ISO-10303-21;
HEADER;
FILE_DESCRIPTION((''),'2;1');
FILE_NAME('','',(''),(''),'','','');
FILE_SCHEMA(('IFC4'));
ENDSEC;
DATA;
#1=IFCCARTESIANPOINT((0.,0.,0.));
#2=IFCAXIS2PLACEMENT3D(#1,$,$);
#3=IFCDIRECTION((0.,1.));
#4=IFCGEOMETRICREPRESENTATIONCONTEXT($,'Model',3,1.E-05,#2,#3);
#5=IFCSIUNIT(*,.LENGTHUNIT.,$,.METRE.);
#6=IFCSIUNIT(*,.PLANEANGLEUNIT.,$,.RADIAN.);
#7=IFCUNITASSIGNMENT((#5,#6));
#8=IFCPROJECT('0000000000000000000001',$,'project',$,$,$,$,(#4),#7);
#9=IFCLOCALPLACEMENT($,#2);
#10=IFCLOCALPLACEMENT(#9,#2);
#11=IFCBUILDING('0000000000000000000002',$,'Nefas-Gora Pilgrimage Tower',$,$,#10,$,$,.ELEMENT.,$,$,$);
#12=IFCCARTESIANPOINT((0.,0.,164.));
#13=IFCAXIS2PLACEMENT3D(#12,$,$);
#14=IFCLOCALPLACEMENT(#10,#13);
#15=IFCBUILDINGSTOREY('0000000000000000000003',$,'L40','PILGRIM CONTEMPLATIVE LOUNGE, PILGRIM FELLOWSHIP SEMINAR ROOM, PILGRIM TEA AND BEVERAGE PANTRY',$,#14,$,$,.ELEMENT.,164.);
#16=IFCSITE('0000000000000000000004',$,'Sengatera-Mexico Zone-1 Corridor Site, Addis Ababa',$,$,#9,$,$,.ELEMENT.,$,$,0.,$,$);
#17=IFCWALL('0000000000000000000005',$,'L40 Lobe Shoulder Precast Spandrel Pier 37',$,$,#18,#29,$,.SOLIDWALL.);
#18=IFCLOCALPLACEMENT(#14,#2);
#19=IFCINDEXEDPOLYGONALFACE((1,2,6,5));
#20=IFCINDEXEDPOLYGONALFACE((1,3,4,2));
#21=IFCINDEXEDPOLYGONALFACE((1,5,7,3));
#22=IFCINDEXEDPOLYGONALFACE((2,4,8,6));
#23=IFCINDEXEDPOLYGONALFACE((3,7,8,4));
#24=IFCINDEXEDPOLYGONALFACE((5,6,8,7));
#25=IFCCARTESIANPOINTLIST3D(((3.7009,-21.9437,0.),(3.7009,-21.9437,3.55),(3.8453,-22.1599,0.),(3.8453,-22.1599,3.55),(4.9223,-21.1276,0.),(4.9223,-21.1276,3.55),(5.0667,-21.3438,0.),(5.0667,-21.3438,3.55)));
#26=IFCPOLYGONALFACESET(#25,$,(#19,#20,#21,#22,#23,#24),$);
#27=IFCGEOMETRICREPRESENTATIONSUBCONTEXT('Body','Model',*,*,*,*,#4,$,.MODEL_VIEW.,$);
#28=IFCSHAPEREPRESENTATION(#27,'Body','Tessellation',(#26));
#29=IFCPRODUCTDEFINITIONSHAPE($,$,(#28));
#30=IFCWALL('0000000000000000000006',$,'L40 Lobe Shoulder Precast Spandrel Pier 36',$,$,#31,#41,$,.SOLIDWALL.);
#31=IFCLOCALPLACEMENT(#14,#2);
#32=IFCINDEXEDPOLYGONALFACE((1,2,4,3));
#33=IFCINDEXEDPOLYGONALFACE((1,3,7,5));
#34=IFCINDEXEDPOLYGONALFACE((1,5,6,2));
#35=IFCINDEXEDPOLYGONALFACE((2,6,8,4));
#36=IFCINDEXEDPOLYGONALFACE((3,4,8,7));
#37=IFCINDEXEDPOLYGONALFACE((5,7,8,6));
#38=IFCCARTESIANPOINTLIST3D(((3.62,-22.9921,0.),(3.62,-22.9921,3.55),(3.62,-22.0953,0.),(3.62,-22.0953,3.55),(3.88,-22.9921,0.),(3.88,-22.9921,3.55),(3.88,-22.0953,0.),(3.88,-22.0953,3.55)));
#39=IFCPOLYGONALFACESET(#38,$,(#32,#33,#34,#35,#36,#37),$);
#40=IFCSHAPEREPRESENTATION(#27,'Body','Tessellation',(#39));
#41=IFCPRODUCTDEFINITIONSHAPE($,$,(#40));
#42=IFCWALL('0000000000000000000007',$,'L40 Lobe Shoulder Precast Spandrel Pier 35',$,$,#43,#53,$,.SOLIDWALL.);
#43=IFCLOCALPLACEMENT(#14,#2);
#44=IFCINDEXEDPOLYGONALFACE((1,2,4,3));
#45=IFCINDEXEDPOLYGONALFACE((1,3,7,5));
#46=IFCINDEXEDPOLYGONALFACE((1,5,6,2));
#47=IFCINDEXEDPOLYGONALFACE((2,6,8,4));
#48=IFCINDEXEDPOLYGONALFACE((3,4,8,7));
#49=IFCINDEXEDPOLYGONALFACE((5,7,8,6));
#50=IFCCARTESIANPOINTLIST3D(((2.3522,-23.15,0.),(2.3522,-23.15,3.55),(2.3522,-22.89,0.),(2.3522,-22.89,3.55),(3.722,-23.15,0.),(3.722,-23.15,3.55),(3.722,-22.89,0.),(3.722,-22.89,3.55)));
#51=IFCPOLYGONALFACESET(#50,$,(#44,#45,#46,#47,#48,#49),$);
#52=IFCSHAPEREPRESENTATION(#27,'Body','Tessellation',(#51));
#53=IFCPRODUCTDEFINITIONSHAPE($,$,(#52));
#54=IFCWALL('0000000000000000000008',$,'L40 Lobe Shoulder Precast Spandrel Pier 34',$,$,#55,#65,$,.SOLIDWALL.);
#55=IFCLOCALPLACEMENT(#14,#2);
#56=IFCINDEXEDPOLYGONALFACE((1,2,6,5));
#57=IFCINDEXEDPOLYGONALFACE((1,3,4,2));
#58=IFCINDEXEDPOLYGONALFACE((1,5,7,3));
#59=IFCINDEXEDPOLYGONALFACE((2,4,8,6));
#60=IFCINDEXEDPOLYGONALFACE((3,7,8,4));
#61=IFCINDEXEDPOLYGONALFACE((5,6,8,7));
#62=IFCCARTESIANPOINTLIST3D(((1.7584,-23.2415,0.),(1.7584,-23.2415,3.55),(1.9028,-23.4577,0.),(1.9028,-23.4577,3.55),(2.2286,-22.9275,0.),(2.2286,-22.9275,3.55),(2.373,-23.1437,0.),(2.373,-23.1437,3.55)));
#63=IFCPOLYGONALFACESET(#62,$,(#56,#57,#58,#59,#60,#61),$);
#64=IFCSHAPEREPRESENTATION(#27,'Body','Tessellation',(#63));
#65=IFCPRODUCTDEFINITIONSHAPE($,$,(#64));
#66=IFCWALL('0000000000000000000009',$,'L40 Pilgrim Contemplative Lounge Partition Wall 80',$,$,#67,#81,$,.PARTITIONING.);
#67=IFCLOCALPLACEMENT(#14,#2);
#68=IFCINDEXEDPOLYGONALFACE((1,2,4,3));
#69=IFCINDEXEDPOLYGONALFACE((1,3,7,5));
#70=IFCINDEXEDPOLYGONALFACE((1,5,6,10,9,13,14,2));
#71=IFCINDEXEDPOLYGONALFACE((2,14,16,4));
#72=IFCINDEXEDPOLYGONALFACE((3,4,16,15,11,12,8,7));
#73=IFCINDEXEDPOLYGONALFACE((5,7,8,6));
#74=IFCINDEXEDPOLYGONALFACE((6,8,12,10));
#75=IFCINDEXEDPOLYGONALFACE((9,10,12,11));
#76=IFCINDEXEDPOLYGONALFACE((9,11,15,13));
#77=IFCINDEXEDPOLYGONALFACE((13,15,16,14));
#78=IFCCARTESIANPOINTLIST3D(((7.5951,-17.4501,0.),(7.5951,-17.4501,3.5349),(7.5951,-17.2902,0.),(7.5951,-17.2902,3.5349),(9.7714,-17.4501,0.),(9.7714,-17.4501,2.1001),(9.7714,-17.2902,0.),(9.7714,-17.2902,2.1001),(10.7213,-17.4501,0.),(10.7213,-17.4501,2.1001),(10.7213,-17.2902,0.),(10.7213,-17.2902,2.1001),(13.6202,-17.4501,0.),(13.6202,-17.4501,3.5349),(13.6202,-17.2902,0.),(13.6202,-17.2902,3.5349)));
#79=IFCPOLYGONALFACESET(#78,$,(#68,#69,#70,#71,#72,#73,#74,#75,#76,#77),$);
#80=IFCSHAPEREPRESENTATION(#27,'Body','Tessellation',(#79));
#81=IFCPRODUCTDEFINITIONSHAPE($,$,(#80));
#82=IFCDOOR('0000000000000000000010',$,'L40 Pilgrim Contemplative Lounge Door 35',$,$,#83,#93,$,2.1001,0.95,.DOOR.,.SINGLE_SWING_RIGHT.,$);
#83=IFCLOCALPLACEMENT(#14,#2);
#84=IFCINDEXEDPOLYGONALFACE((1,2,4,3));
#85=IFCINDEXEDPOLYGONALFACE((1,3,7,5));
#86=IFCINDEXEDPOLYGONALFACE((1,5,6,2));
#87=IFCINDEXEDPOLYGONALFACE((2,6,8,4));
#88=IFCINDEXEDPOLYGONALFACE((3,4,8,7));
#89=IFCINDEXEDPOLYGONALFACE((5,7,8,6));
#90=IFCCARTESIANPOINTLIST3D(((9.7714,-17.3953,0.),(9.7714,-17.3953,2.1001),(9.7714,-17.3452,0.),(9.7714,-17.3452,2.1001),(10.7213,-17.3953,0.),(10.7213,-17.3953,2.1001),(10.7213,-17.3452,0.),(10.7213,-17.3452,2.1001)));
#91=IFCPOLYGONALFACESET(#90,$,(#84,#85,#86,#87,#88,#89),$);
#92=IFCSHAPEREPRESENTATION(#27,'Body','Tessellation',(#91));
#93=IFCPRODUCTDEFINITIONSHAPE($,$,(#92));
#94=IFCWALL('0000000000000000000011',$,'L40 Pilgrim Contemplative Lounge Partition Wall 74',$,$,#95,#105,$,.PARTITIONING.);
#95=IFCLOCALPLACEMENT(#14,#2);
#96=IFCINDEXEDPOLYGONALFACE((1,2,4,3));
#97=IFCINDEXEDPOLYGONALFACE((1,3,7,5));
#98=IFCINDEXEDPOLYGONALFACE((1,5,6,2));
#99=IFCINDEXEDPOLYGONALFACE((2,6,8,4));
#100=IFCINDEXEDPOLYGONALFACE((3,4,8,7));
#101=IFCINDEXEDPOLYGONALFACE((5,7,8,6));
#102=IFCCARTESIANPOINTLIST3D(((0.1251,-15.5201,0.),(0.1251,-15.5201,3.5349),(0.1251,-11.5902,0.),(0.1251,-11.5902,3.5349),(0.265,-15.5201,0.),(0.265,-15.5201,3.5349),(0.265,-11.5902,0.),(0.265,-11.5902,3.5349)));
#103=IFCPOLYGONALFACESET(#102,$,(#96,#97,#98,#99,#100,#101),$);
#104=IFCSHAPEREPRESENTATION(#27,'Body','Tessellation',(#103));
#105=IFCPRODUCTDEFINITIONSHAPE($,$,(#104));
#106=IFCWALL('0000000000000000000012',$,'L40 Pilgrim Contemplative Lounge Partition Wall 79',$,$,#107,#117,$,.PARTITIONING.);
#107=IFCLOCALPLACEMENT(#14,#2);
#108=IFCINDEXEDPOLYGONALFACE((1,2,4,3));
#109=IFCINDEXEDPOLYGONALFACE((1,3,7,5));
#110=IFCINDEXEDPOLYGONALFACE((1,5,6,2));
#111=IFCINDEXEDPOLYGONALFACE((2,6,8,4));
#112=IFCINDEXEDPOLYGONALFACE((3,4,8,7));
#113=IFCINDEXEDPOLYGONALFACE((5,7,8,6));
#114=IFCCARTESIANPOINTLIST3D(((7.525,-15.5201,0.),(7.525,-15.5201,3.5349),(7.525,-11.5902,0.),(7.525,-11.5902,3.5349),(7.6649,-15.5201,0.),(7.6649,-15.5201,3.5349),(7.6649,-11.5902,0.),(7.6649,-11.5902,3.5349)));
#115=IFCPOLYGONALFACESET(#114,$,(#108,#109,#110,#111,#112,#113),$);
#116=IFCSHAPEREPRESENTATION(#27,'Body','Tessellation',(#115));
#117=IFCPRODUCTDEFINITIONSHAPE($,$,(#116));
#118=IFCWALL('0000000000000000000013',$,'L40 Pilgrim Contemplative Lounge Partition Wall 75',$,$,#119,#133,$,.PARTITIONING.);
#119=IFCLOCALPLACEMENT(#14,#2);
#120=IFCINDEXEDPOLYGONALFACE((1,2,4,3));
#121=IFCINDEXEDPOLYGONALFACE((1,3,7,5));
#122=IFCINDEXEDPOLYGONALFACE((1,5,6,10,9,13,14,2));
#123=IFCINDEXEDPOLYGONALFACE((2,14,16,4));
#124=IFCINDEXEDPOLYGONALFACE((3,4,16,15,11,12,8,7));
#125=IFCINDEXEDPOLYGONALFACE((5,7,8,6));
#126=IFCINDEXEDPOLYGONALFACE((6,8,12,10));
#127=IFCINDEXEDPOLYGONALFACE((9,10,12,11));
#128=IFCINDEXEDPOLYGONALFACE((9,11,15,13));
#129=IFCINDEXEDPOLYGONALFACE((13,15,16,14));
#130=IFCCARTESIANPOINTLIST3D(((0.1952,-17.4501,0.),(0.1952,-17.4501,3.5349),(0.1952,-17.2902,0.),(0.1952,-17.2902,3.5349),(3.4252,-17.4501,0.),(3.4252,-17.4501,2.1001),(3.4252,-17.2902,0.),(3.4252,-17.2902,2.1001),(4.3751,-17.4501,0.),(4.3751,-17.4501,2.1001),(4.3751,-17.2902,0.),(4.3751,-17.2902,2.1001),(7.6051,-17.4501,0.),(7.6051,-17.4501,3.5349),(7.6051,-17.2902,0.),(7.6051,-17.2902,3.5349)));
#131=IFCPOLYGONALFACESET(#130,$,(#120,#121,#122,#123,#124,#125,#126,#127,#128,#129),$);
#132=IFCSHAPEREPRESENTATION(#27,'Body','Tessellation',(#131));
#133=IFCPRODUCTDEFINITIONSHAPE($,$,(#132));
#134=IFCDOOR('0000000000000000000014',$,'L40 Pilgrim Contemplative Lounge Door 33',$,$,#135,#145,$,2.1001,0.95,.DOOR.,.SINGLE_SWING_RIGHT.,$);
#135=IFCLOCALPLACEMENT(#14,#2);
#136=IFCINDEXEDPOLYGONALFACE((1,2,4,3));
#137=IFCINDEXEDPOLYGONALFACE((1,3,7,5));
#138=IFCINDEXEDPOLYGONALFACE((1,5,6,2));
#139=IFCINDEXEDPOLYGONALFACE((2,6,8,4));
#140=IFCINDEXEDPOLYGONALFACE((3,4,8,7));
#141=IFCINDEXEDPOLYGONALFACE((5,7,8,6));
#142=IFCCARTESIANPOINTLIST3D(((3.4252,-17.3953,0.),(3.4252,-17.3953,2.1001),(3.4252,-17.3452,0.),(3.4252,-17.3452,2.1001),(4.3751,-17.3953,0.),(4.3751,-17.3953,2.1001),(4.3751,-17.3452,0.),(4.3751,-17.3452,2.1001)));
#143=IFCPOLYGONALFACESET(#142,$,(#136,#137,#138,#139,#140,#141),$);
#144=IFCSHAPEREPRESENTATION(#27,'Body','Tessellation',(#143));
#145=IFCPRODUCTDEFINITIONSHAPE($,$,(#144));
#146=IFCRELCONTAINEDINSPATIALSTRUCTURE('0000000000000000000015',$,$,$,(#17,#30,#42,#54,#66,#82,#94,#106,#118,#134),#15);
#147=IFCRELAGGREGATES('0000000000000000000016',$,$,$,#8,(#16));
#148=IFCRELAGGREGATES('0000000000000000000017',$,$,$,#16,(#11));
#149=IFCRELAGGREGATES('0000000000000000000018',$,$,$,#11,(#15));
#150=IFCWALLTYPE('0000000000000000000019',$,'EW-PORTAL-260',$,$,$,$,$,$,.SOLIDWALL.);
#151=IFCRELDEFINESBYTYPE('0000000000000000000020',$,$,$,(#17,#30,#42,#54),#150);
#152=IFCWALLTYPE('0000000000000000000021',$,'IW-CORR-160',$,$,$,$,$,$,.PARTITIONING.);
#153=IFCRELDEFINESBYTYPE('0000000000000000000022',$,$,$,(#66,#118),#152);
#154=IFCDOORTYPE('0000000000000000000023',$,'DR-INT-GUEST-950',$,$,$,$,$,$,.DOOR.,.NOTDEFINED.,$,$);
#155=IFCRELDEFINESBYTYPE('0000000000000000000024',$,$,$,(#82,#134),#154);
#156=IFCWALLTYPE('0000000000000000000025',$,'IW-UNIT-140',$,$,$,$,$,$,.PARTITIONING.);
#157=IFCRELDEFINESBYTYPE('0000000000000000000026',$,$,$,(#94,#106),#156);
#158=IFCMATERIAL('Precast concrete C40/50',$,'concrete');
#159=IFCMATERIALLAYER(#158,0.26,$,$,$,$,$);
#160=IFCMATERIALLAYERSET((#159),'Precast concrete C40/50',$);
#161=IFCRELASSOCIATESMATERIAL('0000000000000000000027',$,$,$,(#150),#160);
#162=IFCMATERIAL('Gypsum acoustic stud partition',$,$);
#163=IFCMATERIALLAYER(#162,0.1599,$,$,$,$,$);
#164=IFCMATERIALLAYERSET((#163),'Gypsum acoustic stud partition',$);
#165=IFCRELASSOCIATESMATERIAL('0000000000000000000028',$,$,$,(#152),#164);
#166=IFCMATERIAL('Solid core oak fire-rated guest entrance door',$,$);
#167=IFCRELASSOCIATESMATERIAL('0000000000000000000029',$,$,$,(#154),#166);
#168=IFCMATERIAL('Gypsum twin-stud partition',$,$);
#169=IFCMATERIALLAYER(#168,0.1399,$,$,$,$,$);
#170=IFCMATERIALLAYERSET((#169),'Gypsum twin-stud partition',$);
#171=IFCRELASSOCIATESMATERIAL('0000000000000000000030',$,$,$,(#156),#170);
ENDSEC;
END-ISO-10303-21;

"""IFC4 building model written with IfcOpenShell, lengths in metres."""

from ifc_helpers import new_model, si_unit, direction, frame, frame_2d, origin, place, context, subcontext, project, spatial, rectangle, extrude, source, transform, mapped, material, layer, layer_set, type_object, element, fill, save


model = new_model("IFC4")

# Units and contexts
model_context = context("Model", 3, precision=1e-05, world=origin(), true_north=direction((0.0, 1.0)))
body_context = subcontext(model_context, "Body", "Model", "MODEL_VIEW")
ifc_project = project(units=[si_unit("LENGTHUNIT", "METRE"), si_unit("PLANEANGLEUNIT", "RADIAN")], contexts=[model_context])

# Site, building, storey
site_placement = place(None, origin())
site = spatial("IfcSite", under=ifc_project, at=site_placement, Name="Sengatera-Mexico Zone-1 Corridor Site, Addis Ababa", CompositionType="ELEMENT", RefElevation=0.0)
building_placement = place(site_placement, origin())
building = spatial("IfcBuilding", under=site, at=building_placement, Name="Nefas-Gora Pilgrimage Tower", CompositionType="ELEMENT")
storey_placement = place(building_placement, frame((0.0, 0.0, 164.0)))
storey = spatial("IfcBuildingStorey", under=building, at=storey_placement, Name="L40", Description="PILGRIM CONTEMPLATIVE LOUNGE, PILGRIM FELLOWSHIP SEMINAR ROOM, PILGRIM TEA AND BEVERAGE PANTRY", CompositionType="ELEMENT", Elevation=164.0)

# Walls
ifc_material_1 = material(Name="Precast concrete C40/50", Category="concrete")
ifc_layer_1 = layer(ifc_material_1, 0.26)
ifc_layer_set_1 = layer_set([ifc_layer_1], Name="Precast concrete C40/50")
wall_type_1 = type_object("IfcWallType", Name="EW-PORTAL-260", PredefinedType="SOLIDWALL", material=ifc_layer_set_1)
shared_shape_1 = source(origin(), body_context, "Body", "SweptSolid", [
    extrude(rectangle(XDim=1.469, YDim=0.26, at=frame_2d((0.7344, 0.0))), origin(), (0.0, 0.0, 1.0), 3.55),
])
wall_1_placement = place(storey_placement, frame((3.7732, -22.0518, 0.0), z_axis=(0.0, 0.0, 1.0), x_axis=(0.831462, 0.555582, 0.0)))
element("IfcWall", 1, at=wall_1_placement, inside=storey, type_object=wall_type_1, Name="L40 Lobe Shoulder Precast Spandrel Pier 37", PredefinedType="SOLIDWALL", context=body_context, shape_type="MappedRepresentation", body=[
    mapped(shared_shape_1, transform((0.0, 0.0, 0.0), x_axis=(1.0, 0.0, 0.0), y_axis=(0.0, 1.0, 0.0), z_axis=(0.0, 0.0, 1.0), scale=1.0)),
])
shared_shape_2 = source(origin(), body_context, "Body", "SweptSolid", [
    extrude(rectangle(XDim=0.8967, YDim=0.26, at=frame_2d((0.4482, 0.0))), origin(), (0.0, 0.0, 1.0), 3.55),
])
wall_2_placement = place(storey_placement, frame((3.75, -22.9919, 0.0), z_axis=(0.0, 0.0, 1.0), x_axis=(0.0, 1.0, 0.0)))
element("IfcWall", 2, at=wall_2_placement, inside=storey, type_object=wall_type_1, Name="L40 Lobe Shoulder Precast Spandrel Pier 36", PredefinedType="SOLIDWALL", context=body_context, shape_type="MappedRepresentation", body=[
    mapped(shared_shape_2, transform((0.0, 0.0, 0.0), x_axis=(1.0, 0.0, 0.0), y_axis=(0.0, 1.0, 0.0), z_axis=(0.0, 0.0, 1.0), scale=1.0)),
])
shared_shape_3 = source(origin(), body_context, "Body", "SweptSolid", [
    extrude(rectangle(XDim=1.3699, YDim=0.26, at=frame_2d((0.6851, 0.0))), origin(), (0.0, 0.0, 1.0), 3.55),
])
wall_3_placement = place(storey_placement, frame((2.3521, -23.02, 0.0), z_axis=(0.0, 0.0, 1.0), x_axis=(1.0, 0.0, 0.0)))
element("IfcWall", 3, at=wall_3_placement, inside=storey, type_object=wall_type_1, Name="L40 Lobe Shoulder Precast Spandrel Pier 35", PredefinedType="SOLIDWALL", context=body_context, shape_type="MappedRepresentation", body=[
    mapped(shared_shape_3, transform((0.0, 0.0, 0.0), x_axis=(1.0, 0.0, 0.0), y_axis=(0.0, 1.0, 0.0), z_axis=(0.0, 0.0, 1.0), scale=1.0)),
])
shared_shape_4 = source(origin(), body_context, "Body", "SweptSolid", [
    extrude(rectangle(XDim=0.5654, YDim=0.26, at=frame_2d((0.2827, 0.0))), origin(), (0.0, 0.0, 1.0), 3.55),
])
wall_4_placement = place(storey_placement, frame((1.8306, -23.3496, 0.0), z_axis=(0.0, 0.0, 1.0), x_axis=(0.831651, 0.555298, 0.0)))
element("IfcWall", 4, at=wall_4_placement, inside=storey, type_object=wall_type_1, Name="L40 Lobe Shoulder Precast Spandrel Pier 34", PredefinedType="SOLIDWALL", context=body_context, shape_type="MappedRepresentation", body=[
    mapped(shared_shape_4, transform((0.0, 0.0, 0.0), x_axis=(1.0, 0.0, 0.0), y_axis=(0.0, 1.0, 0.0), z_axis=(0.0, 0.0, 1.0), scale=1.0)),
])

# Wall, opening, door
ifc_material_2 = material(Name="Gypsum acoustic stud partition")
ifc_layer_2 = layer(ifc_material_2, 0.1599)
ifc_layer_set_2 = layer_set([ifc_layer_2], Name="Gypsum acoustic stud partition")
wall_type_2 = type_object("IfcWallType", Name="IW-CORR-160", PredefinedType="PARTITIONING", material=ifc_layer_set_2)
shared_shape_5 = source(origin(), body_context, "Body", "SweptSolid", [
    extrude(rectangle(XDim=6.0251, YDim=0.1599, at=frame_2d((3.0127, 0.0))), origin(), (0.0, 0.0, 1.0), 3.5349),
])
wall_5_placement = place(storey_placement, frame((7.595, -17.3701, 0.0), z_axis=(0.0, 0.0, 1.0), x_axis=(1.0, 0.0, 0.0)))
wall_5 = element("IfcWall", 5, at=wall_5_placement, inside=storey, type_object=wall_type_2, Name="L40 Pilgrim Contemplative Lounge Partition Wall 80", PredefinedType="PARTITIONING", context=body_context, shape_type="MappedRepresentation", body=[
    mapped(shared_shape_5, transform((0.0, 0.0, 0.0), x_axis=(1.0, 0.0, 0.0), y_axis=(0.0, 1.0, 0.0), z_axis=(0.0, 0.0, 1.0), scale=1.0)),
])
opening_1_placement = place(wall_5_placement, frame((2.1763, 0.0, 0.0)))
opening_1 = element("IfcOpeningElement", 6, at=opening_1_placement, cuts=wall_5, PredefinedType="OPENING", context=body_context, shape_type="SweptSolid", body=[
    extrude(rectangle(XDim=0.95, YDim=2.1001, at=frame_2d((0.4751, 1.05))), frame((0.0, 0.0898, 0.0), z_axis=(0.0, -1.0, 0.0), x_axis=(1.0, 0.0, 0.0)), (0.0, 0.0, 1.0), 0.1799),
])
ifc_material_3 = material(Name="Solid core oak fire-rated guest entrance door")
door_type = type_object("IfcDoorType", Name="DR-INT-GUEST-950", OperationType="NOTDEFINED", PredefinedType="DOOR", material=ifc_material_3)
shared_shape_6 = source(origin(), body_context, "Body", "SweptSolid", [
    extrude(rectangle(XDim=0.95, YDim=2.1001, at=frame_2d((0.4751, 1.05))), frame((0.0, 0.0249, 0.0), z_axis=(0.0, -1.0, 0.0), x_axis=(1.0, 0.0, 0.0)), (0.0, 0.0, 1.0), 0.05),
])
door_1_placement = place(opening_1_placement, origin())
door_1 = element("IfcDoor", 7, at=door_1_placement, inside=storey, type_object=door_type, Name="L40 Pilgrim Contemplative Lounge Door 35", OperationType="SINGLE_SWING_RIGHT", OverallHeight=2.1001, OverallWidth=0.95, PredefinedType="DOOR", context=body_context, shape_type="MappedRepresentation", body=[
    mapped(shared_shape_6, transform((0.0, 0.0, 0.0), x_axis=(1.0, 0.0, 0.0), y_axis=(0.0, 1.0, 0.0), z_axis=(0.0, 0.0, 1.0), scale=1.0)),
])
fill(opening_1, door_1)

# Walls
ifc_material_4 = material(Name="Gypsum twin-stud partition")
ifc_layer_3 = layer(ifc_material_4, 0.1399)
ifc_layer_set_3 = layer_set([ifc_layer_3], Name="Gypsum twin-stud partition")
wall_type_3 = type_object("IfcWallType", Name="IW-UNIT-140", PredefinedType="PARTITIONING", material=ifc_layer_set_3)
shared_shape_7 = source(origin(), body_context, "Body", "SweptSolid", [
    extrude(rectangle(XDim=3.9299, YDim=0.1399, at=frame_2d((1.9648, 0.0))), origin(), (0.0, 0.0, 1.0), 3.5349),
])
for number, where, z_axis, x_axis, name in (
    (8, (0.1951, -15.52, 0.0), (0.0, 0.0, 1.0), (0.0, 1.0, 0.0), "L40 Pilgrim Contemplative Lounge Partition Wall 74"),
    (9, (7.595, -15.52, 0.0), (0.0, 0.0, 1.0), (0.0, 1.0, 0.0), "L40 Pilgrim Contemplative Lounge Partition Wall 79"),
):
    element("IfcWall", number, at=place(storey_placement, frame(where, z_axis=z_axis, x_axis=x_axis)), inside=storey, type_object=wall_type_3, Name=name, PredefinedType="PARTITIONING", context=body_context, shape_type="MappedRepresentation", body=[
        mapped(shared_shape_7, transform((0.0, 0.0, 0.0), x_axis=(1.0, 0.0, 0.0), y_axis=(0.0, 1.0, 0.0), z_axis=(0.0, 0.0, 1.0), scale=1.0)),
    ])

# Wall, opening, door
shared_shape_8 = source(origin(), body_context, "Body", "SweptSolid", [
    extrude(rectangle(XDim=7.4099, YDim=0.1599, at=frame_2d((3.7051, 0.0))), origin(), (0.0, 0.0, 1.0), 3.5349),
])
wall_6_placement = place(storey_placement, frame((0.1951, -17.3701, 0.0), z_axis=(0.0, 0.0, 1.0), x_axis=(1.0, 0.0, 0.0)))
wall_6 = element("IfcWall", 10, at=wall_6_placement, inside=storey, type_object=wall_type_2, Name="L40 Pilgrim Contemplative Lounge Partition Wall 75", PredefinedType="PARTITIONING", context=body_context, shape_type="MappedRepresentation", body=[
    mapped(shared_shape_8, transform((0.0, 0.0, 0.0), x_axis=(1.0, 0.0, 0.0), y_axis=(0.0, 1.0, 0.0), z_axis=(0.0, 0.0, 1.0), scale=1.0)),
])
opening_2_placement = place(wall_6_placement, frame((3.23, 0.0, 0.0)))
opening_2 = element("IfcOpeningElement", 11, at=opening_2_placement, cuts=wall_6, PredefinedType="OPENING", context=body_context, shape_type="SweptSolid", body=[
    extrude(rectangle(XDim=0.95, YDim=2.1001, at=frame_2d((0.4751, 1.05))), frame((0.0, 0.0898, 0.0), z_axis=(0.0, -1.0, 0.0), x_axis=(1.0, 0.0, 0.0)), (0.0, 0.0, 1.0), 0.1799),
])
door_2_placement = place(opening_2_placement, origin())
door_2 = element("IfcDoor", 12, at=door_2_placement, inside=storey, type_object=door_type, Name="L40 Pilgrim Contemplative Lounge Door 33", OperationType="SINGLE_SWING_RIGHT", OverallHeight=2.1001, OverallWidth=0.95, PredefinedType="DOOR", context=body_context, shape_type="MappedRepresentation", body=[
    mapped(shared_shape_6, transform((0.0, 0.0, 0.0), x_axis=(1.0, 0.0, 0.0), y_axis=(0.0, 1.0, 0.0), z_axis=(0.0, 0.0, 1.0), scale=1.0)),
])
fill(opening_2, door_2)

save(model, "model.ifc")
